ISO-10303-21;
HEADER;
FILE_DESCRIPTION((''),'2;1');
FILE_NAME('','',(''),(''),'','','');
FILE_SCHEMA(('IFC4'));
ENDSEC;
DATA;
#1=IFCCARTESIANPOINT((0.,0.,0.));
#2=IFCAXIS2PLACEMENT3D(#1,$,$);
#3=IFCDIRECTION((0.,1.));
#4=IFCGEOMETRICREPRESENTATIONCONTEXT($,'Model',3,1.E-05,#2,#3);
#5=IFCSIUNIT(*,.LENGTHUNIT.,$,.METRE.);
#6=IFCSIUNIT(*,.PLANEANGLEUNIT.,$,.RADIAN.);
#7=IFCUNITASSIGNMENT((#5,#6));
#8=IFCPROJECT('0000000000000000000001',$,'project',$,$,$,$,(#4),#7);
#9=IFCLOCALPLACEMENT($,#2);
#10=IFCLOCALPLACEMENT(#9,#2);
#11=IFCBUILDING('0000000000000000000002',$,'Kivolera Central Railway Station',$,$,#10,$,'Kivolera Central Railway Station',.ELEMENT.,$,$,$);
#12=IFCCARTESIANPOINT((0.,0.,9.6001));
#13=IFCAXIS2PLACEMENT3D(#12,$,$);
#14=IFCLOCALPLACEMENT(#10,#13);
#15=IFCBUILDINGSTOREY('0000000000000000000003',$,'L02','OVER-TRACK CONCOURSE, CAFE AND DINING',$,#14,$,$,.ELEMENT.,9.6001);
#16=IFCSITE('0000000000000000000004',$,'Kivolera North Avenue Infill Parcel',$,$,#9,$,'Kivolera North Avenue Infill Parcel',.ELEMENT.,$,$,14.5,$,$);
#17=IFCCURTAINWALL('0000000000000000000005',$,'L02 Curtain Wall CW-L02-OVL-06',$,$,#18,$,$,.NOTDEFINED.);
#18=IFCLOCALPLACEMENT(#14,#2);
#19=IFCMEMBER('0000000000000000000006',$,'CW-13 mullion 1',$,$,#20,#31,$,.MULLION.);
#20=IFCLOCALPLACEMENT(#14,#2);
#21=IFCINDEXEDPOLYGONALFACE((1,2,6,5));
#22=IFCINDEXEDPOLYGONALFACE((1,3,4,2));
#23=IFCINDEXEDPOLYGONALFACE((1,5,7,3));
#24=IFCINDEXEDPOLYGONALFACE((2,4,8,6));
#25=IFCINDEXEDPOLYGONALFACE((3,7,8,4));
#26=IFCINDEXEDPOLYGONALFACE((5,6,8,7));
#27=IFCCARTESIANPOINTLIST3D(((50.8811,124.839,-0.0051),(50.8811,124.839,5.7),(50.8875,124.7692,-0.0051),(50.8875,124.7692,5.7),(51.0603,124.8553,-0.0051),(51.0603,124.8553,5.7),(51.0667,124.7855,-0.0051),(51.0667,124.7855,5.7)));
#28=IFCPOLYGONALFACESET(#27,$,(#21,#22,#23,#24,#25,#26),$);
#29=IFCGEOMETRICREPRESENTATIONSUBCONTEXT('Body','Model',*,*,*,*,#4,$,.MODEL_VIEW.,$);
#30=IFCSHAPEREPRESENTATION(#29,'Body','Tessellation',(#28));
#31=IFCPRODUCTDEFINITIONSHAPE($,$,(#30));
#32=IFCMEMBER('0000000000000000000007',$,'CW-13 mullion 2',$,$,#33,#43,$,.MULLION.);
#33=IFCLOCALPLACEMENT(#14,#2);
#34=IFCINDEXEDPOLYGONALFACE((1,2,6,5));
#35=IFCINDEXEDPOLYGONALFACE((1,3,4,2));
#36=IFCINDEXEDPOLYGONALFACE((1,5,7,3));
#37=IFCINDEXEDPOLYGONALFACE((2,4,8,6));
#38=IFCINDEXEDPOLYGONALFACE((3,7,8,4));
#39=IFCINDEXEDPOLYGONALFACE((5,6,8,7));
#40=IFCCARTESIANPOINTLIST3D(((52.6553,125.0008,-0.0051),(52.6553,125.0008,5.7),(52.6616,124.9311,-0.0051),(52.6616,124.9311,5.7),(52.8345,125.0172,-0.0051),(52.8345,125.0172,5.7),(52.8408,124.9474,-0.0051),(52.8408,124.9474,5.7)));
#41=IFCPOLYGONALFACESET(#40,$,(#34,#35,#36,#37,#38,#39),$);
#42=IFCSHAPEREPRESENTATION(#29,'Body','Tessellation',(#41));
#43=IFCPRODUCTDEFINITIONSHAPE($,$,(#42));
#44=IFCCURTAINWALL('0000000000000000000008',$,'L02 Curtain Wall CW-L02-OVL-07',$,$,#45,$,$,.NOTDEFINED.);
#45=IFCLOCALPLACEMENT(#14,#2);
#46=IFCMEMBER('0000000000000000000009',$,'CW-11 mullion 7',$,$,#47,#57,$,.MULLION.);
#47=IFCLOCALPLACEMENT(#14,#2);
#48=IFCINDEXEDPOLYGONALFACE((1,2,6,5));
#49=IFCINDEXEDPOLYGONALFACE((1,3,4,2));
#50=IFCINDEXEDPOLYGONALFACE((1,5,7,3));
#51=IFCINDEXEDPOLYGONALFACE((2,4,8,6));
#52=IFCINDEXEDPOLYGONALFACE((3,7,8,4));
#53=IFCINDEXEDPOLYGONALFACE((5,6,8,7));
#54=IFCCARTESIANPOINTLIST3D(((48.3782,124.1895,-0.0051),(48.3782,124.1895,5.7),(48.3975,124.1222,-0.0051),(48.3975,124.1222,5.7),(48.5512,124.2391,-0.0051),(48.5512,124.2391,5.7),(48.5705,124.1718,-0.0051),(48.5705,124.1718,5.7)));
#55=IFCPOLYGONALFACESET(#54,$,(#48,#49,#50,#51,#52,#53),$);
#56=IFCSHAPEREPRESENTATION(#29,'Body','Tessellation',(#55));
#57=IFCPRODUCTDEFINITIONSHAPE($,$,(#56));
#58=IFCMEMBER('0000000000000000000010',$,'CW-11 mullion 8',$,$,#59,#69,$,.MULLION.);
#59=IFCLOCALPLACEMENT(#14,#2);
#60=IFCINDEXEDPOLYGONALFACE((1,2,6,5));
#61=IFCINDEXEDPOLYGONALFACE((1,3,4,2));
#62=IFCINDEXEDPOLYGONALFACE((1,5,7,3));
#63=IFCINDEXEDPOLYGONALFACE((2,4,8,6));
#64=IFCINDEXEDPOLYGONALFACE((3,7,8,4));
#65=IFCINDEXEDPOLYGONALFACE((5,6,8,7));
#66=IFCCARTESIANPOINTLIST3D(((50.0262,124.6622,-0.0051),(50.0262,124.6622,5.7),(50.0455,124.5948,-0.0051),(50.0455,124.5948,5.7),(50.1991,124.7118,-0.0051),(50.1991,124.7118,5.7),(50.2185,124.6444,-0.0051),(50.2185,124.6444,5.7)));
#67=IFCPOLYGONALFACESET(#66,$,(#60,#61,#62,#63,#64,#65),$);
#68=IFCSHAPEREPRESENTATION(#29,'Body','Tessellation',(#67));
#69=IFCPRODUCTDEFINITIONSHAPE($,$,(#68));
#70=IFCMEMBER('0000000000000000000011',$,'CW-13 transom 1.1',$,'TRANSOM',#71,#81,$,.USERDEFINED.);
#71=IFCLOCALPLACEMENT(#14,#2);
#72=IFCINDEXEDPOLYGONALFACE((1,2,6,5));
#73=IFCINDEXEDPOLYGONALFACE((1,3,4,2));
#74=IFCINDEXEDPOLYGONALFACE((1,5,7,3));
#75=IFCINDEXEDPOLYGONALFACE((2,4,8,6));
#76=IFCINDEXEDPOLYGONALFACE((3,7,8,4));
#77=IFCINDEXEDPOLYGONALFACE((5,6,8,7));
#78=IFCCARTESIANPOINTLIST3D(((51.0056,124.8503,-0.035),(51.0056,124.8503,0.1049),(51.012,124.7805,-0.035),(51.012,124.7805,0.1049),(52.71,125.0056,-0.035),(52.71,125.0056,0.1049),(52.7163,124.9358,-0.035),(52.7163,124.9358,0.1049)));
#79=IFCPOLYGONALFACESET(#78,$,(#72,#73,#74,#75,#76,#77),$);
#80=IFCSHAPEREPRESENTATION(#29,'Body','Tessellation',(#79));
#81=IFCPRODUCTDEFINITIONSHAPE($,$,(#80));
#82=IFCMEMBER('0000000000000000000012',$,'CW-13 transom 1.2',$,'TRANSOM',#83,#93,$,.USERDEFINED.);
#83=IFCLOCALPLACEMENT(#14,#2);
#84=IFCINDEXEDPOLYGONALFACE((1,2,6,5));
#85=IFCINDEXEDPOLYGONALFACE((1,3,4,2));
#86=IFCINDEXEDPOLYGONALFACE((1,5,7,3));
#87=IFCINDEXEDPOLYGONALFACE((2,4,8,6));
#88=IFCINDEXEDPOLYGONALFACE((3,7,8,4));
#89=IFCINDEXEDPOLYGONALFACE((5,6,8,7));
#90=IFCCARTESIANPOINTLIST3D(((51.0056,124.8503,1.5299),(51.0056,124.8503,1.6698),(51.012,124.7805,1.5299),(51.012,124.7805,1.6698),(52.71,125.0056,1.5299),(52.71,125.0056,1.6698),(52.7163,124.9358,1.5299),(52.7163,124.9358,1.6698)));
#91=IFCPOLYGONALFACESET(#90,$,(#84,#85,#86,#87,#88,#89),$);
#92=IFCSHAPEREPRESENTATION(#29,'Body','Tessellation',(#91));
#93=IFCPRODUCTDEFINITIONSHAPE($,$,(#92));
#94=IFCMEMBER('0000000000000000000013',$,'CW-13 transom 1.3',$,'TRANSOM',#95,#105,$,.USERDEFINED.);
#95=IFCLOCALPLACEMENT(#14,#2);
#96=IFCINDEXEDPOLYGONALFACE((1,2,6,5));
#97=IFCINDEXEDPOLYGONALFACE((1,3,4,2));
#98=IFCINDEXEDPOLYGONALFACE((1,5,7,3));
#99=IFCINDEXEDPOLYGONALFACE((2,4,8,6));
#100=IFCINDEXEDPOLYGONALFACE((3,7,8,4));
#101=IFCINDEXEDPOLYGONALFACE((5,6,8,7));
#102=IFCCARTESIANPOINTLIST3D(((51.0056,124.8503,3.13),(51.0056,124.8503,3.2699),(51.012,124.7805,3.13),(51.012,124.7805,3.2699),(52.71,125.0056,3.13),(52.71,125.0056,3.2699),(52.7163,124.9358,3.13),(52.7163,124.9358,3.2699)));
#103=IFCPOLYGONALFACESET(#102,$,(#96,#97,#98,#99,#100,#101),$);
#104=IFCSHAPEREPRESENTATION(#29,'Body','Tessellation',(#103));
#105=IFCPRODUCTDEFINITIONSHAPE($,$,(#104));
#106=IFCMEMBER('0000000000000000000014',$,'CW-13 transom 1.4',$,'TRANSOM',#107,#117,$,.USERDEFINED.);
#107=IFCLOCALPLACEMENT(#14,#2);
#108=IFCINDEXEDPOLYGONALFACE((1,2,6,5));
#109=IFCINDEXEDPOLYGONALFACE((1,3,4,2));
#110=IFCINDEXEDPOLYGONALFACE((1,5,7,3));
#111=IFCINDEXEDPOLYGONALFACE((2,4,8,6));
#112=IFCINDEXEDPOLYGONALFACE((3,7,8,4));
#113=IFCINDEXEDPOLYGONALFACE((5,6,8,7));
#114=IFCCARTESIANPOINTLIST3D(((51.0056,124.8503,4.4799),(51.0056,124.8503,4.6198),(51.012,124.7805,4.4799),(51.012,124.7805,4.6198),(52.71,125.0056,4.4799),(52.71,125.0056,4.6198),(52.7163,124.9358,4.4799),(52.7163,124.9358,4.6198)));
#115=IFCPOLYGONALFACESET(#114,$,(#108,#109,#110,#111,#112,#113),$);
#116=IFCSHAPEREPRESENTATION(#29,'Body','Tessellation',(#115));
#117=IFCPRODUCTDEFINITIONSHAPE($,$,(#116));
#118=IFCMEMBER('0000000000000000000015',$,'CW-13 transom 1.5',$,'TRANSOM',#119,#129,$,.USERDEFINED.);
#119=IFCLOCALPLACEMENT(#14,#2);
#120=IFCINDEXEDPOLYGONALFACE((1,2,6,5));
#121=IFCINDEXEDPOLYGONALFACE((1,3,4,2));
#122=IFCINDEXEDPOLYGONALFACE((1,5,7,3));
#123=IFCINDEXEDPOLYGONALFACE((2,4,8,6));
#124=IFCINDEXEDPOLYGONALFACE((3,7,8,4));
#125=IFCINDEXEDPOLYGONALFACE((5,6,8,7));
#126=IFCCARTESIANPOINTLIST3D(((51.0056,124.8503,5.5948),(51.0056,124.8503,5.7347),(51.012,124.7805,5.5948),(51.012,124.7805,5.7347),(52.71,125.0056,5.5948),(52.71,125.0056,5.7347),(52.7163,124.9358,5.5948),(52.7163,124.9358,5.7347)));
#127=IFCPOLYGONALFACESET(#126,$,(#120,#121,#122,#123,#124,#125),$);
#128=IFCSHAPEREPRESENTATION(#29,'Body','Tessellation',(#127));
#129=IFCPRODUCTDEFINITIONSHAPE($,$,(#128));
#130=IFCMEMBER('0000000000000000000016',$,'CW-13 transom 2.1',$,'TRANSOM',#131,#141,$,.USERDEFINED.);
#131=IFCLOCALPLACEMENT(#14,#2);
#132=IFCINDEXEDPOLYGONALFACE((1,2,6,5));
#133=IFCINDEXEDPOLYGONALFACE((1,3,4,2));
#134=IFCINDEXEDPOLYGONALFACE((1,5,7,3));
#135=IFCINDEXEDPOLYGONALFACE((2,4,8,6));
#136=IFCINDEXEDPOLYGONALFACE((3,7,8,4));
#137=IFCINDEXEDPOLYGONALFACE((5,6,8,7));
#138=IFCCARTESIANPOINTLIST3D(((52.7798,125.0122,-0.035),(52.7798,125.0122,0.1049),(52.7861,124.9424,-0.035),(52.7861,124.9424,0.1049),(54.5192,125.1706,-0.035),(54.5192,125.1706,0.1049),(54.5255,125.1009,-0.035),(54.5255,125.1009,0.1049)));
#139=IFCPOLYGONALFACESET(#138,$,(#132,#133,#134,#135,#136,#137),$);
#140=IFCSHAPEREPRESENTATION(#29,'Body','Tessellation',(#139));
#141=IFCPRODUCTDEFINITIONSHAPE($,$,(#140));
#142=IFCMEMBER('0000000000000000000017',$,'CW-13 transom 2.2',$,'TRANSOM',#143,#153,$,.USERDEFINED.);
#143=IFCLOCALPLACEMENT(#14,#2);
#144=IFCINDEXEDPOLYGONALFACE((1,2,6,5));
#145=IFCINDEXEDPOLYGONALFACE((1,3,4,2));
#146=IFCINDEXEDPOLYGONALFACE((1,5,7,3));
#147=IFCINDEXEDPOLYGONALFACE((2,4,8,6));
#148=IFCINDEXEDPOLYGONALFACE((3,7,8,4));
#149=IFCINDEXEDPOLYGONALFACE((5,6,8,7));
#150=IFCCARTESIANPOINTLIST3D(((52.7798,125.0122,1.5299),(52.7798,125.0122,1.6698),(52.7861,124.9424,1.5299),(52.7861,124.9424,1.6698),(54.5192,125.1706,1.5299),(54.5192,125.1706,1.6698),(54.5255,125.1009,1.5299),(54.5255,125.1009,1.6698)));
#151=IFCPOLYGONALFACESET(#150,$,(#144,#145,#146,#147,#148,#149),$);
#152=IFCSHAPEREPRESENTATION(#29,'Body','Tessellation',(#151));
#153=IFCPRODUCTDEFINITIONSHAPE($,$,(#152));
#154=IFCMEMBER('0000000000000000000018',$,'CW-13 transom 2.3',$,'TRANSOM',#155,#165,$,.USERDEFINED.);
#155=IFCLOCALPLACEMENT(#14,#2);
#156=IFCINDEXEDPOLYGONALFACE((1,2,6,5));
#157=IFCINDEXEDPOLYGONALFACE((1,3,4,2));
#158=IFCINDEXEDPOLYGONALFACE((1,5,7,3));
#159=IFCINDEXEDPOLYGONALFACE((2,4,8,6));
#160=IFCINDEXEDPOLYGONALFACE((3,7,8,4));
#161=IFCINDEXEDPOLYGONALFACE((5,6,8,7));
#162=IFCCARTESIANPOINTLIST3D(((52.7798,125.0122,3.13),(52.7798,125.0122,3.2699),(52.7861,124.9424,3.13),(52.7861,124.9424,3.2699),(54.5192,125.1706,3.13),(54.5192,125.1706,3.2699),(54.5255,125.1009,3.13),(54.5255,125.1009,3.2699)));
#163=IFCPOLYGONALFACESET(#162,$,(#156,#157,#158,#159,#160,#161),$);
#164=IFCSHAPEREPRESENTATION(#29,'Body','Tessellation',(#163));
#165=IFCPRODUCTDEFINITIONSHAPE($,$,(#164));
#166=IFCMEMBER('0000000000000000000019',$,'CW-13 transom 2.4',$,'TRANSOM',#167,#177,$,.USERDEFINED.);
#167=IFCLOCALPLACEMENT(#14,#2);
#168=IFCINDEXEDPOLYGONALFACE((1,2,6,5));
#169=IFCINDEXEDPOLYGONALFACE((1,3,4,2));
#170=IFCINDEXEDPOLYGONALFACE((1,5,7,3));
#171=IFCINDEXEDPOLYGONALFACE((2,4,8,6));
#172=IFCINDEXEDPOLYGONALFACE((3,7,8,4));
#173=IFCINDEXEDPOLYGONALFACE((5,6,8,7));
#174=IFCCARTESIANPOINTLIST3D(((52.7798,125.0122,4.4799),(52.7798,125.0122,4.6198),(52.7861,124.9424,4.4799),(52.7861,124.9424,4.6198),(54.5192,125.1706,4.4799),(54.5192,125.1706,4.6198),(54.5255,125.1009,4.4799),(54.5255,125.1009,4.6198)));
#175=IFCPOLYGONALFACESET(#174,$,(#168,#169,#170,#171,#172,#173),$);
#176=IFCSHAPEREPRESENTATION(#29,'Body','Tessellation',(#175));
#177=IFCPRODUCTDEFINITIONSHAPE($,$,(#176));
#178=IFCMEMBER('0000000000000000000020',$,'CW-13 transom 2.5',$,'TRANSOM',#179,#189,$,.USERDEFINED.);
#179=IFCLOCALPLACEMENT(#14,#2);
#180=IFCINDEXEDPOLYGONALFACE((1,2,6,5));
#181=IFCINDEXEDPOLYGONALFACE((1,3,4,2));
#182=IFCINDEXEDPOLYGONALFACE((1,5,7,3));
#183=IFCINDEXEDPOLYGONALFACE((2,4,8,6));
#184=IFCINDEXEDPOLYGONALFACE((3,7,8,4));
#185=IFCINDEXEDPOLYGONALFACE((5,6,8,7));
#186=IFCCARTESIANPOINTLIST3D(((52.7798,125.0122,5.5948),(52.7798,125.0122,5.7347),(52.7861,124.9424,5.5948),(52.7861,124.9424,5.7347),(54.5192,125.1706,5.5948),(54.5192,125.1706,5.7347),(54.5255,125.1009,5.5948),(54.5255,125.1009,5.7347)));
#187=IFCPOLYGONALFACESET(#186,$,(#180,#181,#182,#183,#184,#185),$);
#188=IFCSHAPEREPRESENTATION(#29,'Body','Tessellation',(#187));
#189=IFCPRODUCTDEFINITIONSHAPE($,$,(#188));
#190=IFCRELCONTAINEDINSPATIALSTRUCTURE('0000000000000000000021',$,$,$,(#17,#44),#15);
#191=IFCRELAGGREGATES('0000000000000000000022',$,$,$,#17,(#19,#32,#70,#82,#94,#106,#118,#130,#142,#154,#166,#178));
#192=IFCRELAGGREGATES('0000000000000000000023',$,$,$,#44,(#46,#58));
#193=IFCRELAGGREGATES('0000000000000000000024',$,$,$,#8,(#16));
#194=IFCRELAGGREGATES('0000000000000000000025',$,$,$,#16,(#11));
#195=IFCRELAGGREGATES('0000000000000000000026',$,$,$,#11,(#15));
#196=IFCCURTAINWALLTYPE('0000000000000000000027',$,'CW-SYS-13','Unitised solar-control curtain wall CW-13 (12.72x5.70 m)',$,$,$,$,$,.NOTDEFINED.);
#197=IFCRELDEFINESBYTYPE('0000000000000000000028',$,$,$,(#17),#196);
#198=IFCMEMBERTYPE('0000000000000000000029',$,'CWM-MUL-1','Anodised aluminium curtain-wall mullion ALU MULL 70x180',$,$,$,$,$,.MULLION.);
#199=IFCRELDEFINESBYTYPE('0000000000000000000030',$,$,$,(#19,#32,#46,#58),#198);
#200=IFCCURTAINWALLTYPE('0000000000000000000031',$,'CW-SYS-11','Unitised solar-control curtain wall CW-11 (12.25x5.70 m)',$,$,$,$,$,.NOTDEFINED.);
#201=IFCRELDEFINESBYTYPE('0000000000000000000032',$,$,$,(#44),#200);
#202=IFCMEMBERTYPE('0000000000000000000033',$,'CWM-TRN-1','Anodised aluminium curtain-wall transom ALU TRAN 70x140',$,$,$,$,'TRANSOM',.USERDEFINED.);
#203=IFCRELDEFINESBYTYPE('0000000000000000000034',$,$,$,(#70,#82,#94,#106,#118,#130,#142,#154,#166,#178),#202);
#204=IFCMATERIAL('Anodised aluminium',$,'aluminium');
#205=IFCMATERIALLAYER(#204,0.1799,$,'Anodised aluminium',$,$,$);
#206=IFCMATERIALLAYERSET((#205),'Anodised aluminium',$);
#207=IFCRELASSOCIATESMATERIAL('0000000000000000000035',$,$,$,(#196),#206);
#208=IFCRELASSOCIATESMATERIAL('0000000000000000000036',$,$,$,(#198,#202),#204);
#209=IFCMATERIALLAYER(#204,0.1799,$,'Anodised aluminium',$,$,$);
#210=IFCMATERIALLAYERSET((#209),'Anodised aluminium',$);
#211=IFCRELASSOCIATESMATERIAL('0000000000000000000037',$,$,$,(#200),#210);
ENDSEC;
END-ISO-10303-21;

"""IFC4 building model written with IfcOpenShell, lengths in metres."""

from ifc_helpers import new_model, si_unit, direction, frame, origin, origin_2d, place, context, subcontext, project, spatial, rectangle, extrude, material, layer, layer_set, material_profile, profile_set, type_object, element, aggregate, save


model = new_model("IFC4")

# Units and contexts
model_context = context("Model", 3, precision=1e-05, world=origin(), true_north=direction((0.0, 1.0)))
body_context = subcontext(model_context, "Body", "Model", "MODEL_VIEW")
ifc_project = project(units=[si_unit("LENGTHUNIT", "METRE"), si_unit("PLANEANGLEUNIT", "RADIAN")], contexts=[model_context])

# Site, building, storey
site_placement = place(None, origin())
site = spatial("IfcSite", under=ifc_project, at=site_placement, Name="Kivolera North Avenue Infill Parcel", LongName="Kivolera North Avenue Infill Parcel", CompositionType="ELEMENT", RefElevation=14.5)
building_placement = place(site_placement, origin())
building = spatial("IfcBuilding", under=site, at=building_placement, Name="Kivolera Central Railway Station", LongName="Kivolera Central Railway Station", CompositionType="ELEMENT")
storey_placement = place(building_placement, frame((0.0, 0.0, 9.6001)))
storey = spatial("IfcBuildingStorey", under=building, at=storey_placement, Name="L02", Description="OVER-TRACK CONCOURSE, CAFE AND DINING", CompositionType="ELEMENT", Elevation=9.6001)

# Curtain walls, members
ifc_material_1 = material(Name="Anodised aluminium", Category="aluminium")
ifc_layer_1 = layer(ifc_material_1, 0.1799, Name="Anodised aluminium")
ifc_layer_set_1 = layer_set([ifc_layer_1], Name="Anodised aluminium")
curtain_wall_type_1 = type_object("IfcCurtainWallType", Name="CW-SYS-13", Description="Unitised solar-control curtain wall CW-13 (12.72x5.70 m)", PredefinedType="NOTDEFINED", material=ifc_layer_set_1)
curtain_wall_1_placement = place(storey_placement, origin())
curtain_wall_1 = element("IfcCurtainWall", 1, at=curtain_wall_1_placement, inside=storey, type_object=curtain_wall_type_1, Name="L02 Curtain Wall CW-L02-OVL-06", PredefinedType="NOTDEFINED")
ifc_material_profile_1 = material_profile(ifc_material_1, rectangle(XDim=0.0701, YDim=0.1799, at=origin_2d()), Name="ALU MULL 70x180")
ifc_profile_set_1 = profile_set([ifc_material_profile_1], Name="Anodised aluminium")
member_type_1 = type_object("IfcMemberType", Name="CWM-MUL-1", Description="Anodised aluminium curtain-wall mullion ALU MULL 70x180", PredefinedType="MULLION", material=ifc_profile_set_1)
member_1_placement = place(storey_placement, frame((50.9739, 124.8123, -0.0051), z_axis=(0.0, 0.0, 1.0), x_axis=(-0.090834, 0.995866, 0.0)))
member_1 = element("IfcMember", 2, at=member_1_placement, type_object=member_type_1, Name="CW-13 mullion 1", PredefinedType="MULLION", context=body_context, shape_type="SweptSolid", body=[
    extrude(rectangle(XDim=0.0701, YDim=0.1799, at=origin_2d()), origin(), (0.0, 0.0, 1.0), 5.7051),
])
member_2_placement = place(storey_placement, frame((52.748, 124.9741, -0.0051), z_axis=(0.0, 0.0, 1.0), x_axis=(-0.090834, 0.995866, 0.0)))
member_2 = element("IfcMember", 3, at=member_2_placement, type_object=member_type_1, Name="CW-13 mullion 2", PredefinedType="MULLION", context=body_context, shape_type="SweptSolid", body=[
    extrude(rectangle(XDim=0.0701, YDim=0.1799, at=origin_2d()), origin(), (0.0, 0.0, 1.0), 5.7051),
])
ifc_layer_2 = layer(ifc_material_1, 0.1799, Name="Anodised aluminium")
ifc_layer_set_2 = layer_set([ifc_layer_2], Name="Anodised aluminium")
curtain_wall_type_2 = type_object("IfcCurtainWallType", Name="CW-SYS-11", Description="Unitised solar-control curtain wall CW-11 (12.25x5.70 m)", PredefinedType="NOTDEFINED", material=ifc_layer_set_2)
curtain_wall_2_placement = place(storey_placement, origin())
curtain_wall_2 = element("IfcCurtainWall", 4, at=curtain_wall_2_placement, inside=storey, type_object=curtain_wall_type_2, Name="L02 Curtain Wall CW-L02-OVL-07", PredefinedType="NOTDEFINED")
member_3_placement = place(storey_placement, frame((48.4744, 124.1807, -0.0051), z_axis=(0.0, 0.0, 1.0), x_axis=(-0.275692, 0.961246, 0.0)))
member_3 = element("IfcMember", 5, at=member_3_placement, type_object=member_type_1, Name="CW-11 mullion 7", PredefinedType="MULLION", context=body_context, shape_type="SweptSolid", body=[
    extrude(rectangle(XDim=0.0701, YDim=0.1799, at=origin_2d()), origin(), (0.0, 0.0, 1.0), 5.7051),
])
member_4_placement = place(storey_placement, frame((50.1223, 124.6533, -0.0051), z_axis=(0.0, 0.0, 1.0), x_axis=(-0.275692, 0.961246, 0.0)))
member_4 = element("IfcMember", 6, at=member_4_placement, type_object=member_type_1, Name="CW-11 mullion 8", PredefinedType="MULLION", context=body_context, shape_type="SweptSolid", body=[
    extrude(rectangle(XDim=0.0701, YDim=0.1799, at=origin_2d()), origin(), (0.0, 0.0, 1.0), 5.7051),
])

# Members
ifc_material_profile_2 = material_profile(ifc_material_1, rectangle(XDim=0.0701, YDim=0.1399, at=origin_2d()), Name="ALU TRAN 70x140")
ifc_profile_set_2 = profile_set([ifc_material_profile_2], Name="Anodised aluminium")
member_type_2 = type_object("IfcMemberType", Name="CWM-TRN-1", Description="Anodised aluminium curtain-wall transom ALU TRAN 70x140", ElementType="TRANSOM", PredefinedType="USERDEFINED", material=ifc_profile_set_2)
member_5_placement = place(storey_placement, frame((51.0088, 124.8154, 0.0349), z_axis=(0.995876, 0.090729, 0.0), x_axis=(-0.090729, 0.995876, 0.0)))
member_5 = element("IfcMember", 7, at=member_5_placement, type_object=member_type_2, Name="CW-13 transom 1.1", ObjectType="TRANSOM", PredefinedType="USERDEFINED", context=body_context, shape_type="SweptSolid", body=[
    extrude(rectangle(XDim=0.0701, YDim=0.1399, at=origin_2d()), origin(), (0.0, 0.0, 1.0), 1.7114),
])
member_6_placement = place(storey_placement, frame((51.0088, 124.8154, 1.5999), z_axis=(0.995876, 0.090729, 0.0), x_axis=(-0.090729, 0.995876, 0.0)))
member_6 = element("IfcMember", 8, at=member_6_placement, type_object=member_type_2, Name="CW-13 transom 1.2", ObjectType="TRANSOM", PredefinedType="USERDEFINED", context=body_context, shape_type="SweptSolid", body=[
    extrude(rectangle(XDim=0.0701, YDim=0.1399, at=origin_2d()), origin(), (0.0, 0.0, 1.0), 1.7114),
])
member_7_placement = place(storey_placement, frame((51.0088, 124.8154, 3.2), z_axis=(0.995876, 0.090729, 0.0), x_axis=(-0.090729, 0.995876, 0.0)))
member_7 = element("IfcMember", 9, at=member_7_placement, type_object=member_type_2, Name="CW-13 transom 1.3", ObjectType="TRANSOM", PredefinedType="USERDEFINED", context=body_context, shape_type="SweptSolid", body=[
    extrude(rectangle(XDim=0.0701, YDim=0.1399, at=origin_2d()), origin(), (0.0, 0.0, 1.0), 1.7114),
])
member_8_placement = place(storey_placement, frame((51.0088, 124.8154, 4.5498), z_axis=(0.995876, 0.090729, 0.0), x_axis=(-0.090729, 0.995876, 0.0)))
member_8 = element("IfcMember", 10, at=member_8_placement, type_object=member_type_2, Name="CW-13 transom 1.4", ObjectType="TRANSOM", PredefinedType="USERDEFINED", context=body_context, shape_type="SweptSolid", body=[
    extrude(rectangle(XDim=0.0701, YDim=0.1399, at=origin_2d()), origin(), (0.0, 0.0, 1.0), 1.7114),
])
member_9_placement = place(storey_placement, frame((51.0088, 124.8154, 5.6648), z_axis=(0.995876, 0.090729, 0.0), x_axis=(-0.090729, 0.995876, 0.0)))
member_9 = element("IfcMember", 11, at=member_9_placement, type_object=member_type_2, Name="CW-13 transom 1.5", ObjectType="TRANSOM", PredefinedType="USERDEFINED", context=body_context, shape_type="SweptSolid", body=[
    extrude(rectangle(XDim=0.0701, YDim=0.1399, at=origin_2d()), origin(), (0.0, 0.0, 1.0), 1.7114),
])
member_10_placement = place(storey_placement, frame((52.783, 124.9773, 0.0349), z_axis=(0.995876, 0.090725, 0.0), x_axis=(-0.090725, 0.995876, 0.0)))
member_10 = element("IfcMember", 12, at=member_10_placement, type_object=member_type_2, Name="CW-13 transom 2.1", ObjectType="TRANSOM", PredefinedType="USERDEFINED", context=body_context, shape_type="SweptSolid", body=[
    extrude(rectangle(XDim=0.0701, YDim=0.1399, at=origin_2d()), origin(), (0.0, 0.0, 1.0), 1.7466),
])
member_11_placement = place(storey_placement, frame((52.783, 124.9773, 1.5999), z_axis=(0.995876, 0.090725, 0.0), x_axis=(-0.090725, 0.995876, 0.0)))
member_11 = element("IfcMember", 13, at=member_11_placement, type_object=member_type_2, Name="CW-13 transom 2.2", ObjectType="TRANSOM", PredefinedType="USERDEFINED", context=body_context, shape_type="SweptSolid", body=[
    extrude(rectangle(XDim=0.0701, YDim=0.1399, at=origin_2d()), origin(), (0.0, 0.0, 1.0), 1.7466),
])
member_12_placement = place(storey_placement, frame((52.783, 124.9773, 3.2), z_axis=(0.995876, 0.090725, 0.0), x_axis=(-0.090725, 0.995876, 0.0)))
member_12 = element("IfcMember", 14, at=member_12_placement, type_object=member_type_2, Name="CW-13 transom 2.3", ObjectType="TRANSOM", PredefinedType="USERDEFINED", context=body_context, shape_type="SweptSolid", body=[
    extrude(rectangle(XDim=0.0701, YDim=0.1399, at=origin_2d()), origin(), (0.0, 0.0, 1.0), 1.7466),
])
member_13_placement = place(storey_placement, frame((52.783, 124.9773, 4.5498), z_axis=(0.995876, 0.090725, 0.0), x_axis=(-0.090725, 0.995876, 0.0)))
member_13 = element("IfcMember", 15, at=member_13_placement, type_object=member_type_2, Name="CW-13 transom 2.4", ObjectType="TRANSOM", PredefinedType="USERDEFINED", context=body_context, shape_type="SweptSolid", body=[
    extrude(rectangle(XDim=0.0701, YDim=0.1399, at=origin_2d()), origin(), (0.0, 0.0, 1.0), 1.7466),
])
member_14_placement = place(storey_placement, frame((52.783, 124.9773, 5.6648), z_axis=(0.995876, 0.090725, 0.0), x_axis=(-0.090725, 0.995876, 0.0)))
member_14 = element("IfcMember", 16, at=member_14_placement, type_object=member_type_2, Name="CW-13 transom 2.5", ObjectType="TRANSOM", PredefinedType="USERDEFINED", context=body_context, shape_type="SweptSolid", body=[
    extrude(rectangle(XDim=0.0701, YDim=0.1399, at=origin_2d()), origin(), (0.0, 0.0, 1.0), 1.7466),
])

aggregate(curtain_wall_1, [member_1, member_2, member_5, member_6, member_7, member_8, member_9, member_10, member_11, member_12, member_13, member_14])
aggregate(curtain_wall_2, [member_3, member_4])

save(model, "model.ifc")
